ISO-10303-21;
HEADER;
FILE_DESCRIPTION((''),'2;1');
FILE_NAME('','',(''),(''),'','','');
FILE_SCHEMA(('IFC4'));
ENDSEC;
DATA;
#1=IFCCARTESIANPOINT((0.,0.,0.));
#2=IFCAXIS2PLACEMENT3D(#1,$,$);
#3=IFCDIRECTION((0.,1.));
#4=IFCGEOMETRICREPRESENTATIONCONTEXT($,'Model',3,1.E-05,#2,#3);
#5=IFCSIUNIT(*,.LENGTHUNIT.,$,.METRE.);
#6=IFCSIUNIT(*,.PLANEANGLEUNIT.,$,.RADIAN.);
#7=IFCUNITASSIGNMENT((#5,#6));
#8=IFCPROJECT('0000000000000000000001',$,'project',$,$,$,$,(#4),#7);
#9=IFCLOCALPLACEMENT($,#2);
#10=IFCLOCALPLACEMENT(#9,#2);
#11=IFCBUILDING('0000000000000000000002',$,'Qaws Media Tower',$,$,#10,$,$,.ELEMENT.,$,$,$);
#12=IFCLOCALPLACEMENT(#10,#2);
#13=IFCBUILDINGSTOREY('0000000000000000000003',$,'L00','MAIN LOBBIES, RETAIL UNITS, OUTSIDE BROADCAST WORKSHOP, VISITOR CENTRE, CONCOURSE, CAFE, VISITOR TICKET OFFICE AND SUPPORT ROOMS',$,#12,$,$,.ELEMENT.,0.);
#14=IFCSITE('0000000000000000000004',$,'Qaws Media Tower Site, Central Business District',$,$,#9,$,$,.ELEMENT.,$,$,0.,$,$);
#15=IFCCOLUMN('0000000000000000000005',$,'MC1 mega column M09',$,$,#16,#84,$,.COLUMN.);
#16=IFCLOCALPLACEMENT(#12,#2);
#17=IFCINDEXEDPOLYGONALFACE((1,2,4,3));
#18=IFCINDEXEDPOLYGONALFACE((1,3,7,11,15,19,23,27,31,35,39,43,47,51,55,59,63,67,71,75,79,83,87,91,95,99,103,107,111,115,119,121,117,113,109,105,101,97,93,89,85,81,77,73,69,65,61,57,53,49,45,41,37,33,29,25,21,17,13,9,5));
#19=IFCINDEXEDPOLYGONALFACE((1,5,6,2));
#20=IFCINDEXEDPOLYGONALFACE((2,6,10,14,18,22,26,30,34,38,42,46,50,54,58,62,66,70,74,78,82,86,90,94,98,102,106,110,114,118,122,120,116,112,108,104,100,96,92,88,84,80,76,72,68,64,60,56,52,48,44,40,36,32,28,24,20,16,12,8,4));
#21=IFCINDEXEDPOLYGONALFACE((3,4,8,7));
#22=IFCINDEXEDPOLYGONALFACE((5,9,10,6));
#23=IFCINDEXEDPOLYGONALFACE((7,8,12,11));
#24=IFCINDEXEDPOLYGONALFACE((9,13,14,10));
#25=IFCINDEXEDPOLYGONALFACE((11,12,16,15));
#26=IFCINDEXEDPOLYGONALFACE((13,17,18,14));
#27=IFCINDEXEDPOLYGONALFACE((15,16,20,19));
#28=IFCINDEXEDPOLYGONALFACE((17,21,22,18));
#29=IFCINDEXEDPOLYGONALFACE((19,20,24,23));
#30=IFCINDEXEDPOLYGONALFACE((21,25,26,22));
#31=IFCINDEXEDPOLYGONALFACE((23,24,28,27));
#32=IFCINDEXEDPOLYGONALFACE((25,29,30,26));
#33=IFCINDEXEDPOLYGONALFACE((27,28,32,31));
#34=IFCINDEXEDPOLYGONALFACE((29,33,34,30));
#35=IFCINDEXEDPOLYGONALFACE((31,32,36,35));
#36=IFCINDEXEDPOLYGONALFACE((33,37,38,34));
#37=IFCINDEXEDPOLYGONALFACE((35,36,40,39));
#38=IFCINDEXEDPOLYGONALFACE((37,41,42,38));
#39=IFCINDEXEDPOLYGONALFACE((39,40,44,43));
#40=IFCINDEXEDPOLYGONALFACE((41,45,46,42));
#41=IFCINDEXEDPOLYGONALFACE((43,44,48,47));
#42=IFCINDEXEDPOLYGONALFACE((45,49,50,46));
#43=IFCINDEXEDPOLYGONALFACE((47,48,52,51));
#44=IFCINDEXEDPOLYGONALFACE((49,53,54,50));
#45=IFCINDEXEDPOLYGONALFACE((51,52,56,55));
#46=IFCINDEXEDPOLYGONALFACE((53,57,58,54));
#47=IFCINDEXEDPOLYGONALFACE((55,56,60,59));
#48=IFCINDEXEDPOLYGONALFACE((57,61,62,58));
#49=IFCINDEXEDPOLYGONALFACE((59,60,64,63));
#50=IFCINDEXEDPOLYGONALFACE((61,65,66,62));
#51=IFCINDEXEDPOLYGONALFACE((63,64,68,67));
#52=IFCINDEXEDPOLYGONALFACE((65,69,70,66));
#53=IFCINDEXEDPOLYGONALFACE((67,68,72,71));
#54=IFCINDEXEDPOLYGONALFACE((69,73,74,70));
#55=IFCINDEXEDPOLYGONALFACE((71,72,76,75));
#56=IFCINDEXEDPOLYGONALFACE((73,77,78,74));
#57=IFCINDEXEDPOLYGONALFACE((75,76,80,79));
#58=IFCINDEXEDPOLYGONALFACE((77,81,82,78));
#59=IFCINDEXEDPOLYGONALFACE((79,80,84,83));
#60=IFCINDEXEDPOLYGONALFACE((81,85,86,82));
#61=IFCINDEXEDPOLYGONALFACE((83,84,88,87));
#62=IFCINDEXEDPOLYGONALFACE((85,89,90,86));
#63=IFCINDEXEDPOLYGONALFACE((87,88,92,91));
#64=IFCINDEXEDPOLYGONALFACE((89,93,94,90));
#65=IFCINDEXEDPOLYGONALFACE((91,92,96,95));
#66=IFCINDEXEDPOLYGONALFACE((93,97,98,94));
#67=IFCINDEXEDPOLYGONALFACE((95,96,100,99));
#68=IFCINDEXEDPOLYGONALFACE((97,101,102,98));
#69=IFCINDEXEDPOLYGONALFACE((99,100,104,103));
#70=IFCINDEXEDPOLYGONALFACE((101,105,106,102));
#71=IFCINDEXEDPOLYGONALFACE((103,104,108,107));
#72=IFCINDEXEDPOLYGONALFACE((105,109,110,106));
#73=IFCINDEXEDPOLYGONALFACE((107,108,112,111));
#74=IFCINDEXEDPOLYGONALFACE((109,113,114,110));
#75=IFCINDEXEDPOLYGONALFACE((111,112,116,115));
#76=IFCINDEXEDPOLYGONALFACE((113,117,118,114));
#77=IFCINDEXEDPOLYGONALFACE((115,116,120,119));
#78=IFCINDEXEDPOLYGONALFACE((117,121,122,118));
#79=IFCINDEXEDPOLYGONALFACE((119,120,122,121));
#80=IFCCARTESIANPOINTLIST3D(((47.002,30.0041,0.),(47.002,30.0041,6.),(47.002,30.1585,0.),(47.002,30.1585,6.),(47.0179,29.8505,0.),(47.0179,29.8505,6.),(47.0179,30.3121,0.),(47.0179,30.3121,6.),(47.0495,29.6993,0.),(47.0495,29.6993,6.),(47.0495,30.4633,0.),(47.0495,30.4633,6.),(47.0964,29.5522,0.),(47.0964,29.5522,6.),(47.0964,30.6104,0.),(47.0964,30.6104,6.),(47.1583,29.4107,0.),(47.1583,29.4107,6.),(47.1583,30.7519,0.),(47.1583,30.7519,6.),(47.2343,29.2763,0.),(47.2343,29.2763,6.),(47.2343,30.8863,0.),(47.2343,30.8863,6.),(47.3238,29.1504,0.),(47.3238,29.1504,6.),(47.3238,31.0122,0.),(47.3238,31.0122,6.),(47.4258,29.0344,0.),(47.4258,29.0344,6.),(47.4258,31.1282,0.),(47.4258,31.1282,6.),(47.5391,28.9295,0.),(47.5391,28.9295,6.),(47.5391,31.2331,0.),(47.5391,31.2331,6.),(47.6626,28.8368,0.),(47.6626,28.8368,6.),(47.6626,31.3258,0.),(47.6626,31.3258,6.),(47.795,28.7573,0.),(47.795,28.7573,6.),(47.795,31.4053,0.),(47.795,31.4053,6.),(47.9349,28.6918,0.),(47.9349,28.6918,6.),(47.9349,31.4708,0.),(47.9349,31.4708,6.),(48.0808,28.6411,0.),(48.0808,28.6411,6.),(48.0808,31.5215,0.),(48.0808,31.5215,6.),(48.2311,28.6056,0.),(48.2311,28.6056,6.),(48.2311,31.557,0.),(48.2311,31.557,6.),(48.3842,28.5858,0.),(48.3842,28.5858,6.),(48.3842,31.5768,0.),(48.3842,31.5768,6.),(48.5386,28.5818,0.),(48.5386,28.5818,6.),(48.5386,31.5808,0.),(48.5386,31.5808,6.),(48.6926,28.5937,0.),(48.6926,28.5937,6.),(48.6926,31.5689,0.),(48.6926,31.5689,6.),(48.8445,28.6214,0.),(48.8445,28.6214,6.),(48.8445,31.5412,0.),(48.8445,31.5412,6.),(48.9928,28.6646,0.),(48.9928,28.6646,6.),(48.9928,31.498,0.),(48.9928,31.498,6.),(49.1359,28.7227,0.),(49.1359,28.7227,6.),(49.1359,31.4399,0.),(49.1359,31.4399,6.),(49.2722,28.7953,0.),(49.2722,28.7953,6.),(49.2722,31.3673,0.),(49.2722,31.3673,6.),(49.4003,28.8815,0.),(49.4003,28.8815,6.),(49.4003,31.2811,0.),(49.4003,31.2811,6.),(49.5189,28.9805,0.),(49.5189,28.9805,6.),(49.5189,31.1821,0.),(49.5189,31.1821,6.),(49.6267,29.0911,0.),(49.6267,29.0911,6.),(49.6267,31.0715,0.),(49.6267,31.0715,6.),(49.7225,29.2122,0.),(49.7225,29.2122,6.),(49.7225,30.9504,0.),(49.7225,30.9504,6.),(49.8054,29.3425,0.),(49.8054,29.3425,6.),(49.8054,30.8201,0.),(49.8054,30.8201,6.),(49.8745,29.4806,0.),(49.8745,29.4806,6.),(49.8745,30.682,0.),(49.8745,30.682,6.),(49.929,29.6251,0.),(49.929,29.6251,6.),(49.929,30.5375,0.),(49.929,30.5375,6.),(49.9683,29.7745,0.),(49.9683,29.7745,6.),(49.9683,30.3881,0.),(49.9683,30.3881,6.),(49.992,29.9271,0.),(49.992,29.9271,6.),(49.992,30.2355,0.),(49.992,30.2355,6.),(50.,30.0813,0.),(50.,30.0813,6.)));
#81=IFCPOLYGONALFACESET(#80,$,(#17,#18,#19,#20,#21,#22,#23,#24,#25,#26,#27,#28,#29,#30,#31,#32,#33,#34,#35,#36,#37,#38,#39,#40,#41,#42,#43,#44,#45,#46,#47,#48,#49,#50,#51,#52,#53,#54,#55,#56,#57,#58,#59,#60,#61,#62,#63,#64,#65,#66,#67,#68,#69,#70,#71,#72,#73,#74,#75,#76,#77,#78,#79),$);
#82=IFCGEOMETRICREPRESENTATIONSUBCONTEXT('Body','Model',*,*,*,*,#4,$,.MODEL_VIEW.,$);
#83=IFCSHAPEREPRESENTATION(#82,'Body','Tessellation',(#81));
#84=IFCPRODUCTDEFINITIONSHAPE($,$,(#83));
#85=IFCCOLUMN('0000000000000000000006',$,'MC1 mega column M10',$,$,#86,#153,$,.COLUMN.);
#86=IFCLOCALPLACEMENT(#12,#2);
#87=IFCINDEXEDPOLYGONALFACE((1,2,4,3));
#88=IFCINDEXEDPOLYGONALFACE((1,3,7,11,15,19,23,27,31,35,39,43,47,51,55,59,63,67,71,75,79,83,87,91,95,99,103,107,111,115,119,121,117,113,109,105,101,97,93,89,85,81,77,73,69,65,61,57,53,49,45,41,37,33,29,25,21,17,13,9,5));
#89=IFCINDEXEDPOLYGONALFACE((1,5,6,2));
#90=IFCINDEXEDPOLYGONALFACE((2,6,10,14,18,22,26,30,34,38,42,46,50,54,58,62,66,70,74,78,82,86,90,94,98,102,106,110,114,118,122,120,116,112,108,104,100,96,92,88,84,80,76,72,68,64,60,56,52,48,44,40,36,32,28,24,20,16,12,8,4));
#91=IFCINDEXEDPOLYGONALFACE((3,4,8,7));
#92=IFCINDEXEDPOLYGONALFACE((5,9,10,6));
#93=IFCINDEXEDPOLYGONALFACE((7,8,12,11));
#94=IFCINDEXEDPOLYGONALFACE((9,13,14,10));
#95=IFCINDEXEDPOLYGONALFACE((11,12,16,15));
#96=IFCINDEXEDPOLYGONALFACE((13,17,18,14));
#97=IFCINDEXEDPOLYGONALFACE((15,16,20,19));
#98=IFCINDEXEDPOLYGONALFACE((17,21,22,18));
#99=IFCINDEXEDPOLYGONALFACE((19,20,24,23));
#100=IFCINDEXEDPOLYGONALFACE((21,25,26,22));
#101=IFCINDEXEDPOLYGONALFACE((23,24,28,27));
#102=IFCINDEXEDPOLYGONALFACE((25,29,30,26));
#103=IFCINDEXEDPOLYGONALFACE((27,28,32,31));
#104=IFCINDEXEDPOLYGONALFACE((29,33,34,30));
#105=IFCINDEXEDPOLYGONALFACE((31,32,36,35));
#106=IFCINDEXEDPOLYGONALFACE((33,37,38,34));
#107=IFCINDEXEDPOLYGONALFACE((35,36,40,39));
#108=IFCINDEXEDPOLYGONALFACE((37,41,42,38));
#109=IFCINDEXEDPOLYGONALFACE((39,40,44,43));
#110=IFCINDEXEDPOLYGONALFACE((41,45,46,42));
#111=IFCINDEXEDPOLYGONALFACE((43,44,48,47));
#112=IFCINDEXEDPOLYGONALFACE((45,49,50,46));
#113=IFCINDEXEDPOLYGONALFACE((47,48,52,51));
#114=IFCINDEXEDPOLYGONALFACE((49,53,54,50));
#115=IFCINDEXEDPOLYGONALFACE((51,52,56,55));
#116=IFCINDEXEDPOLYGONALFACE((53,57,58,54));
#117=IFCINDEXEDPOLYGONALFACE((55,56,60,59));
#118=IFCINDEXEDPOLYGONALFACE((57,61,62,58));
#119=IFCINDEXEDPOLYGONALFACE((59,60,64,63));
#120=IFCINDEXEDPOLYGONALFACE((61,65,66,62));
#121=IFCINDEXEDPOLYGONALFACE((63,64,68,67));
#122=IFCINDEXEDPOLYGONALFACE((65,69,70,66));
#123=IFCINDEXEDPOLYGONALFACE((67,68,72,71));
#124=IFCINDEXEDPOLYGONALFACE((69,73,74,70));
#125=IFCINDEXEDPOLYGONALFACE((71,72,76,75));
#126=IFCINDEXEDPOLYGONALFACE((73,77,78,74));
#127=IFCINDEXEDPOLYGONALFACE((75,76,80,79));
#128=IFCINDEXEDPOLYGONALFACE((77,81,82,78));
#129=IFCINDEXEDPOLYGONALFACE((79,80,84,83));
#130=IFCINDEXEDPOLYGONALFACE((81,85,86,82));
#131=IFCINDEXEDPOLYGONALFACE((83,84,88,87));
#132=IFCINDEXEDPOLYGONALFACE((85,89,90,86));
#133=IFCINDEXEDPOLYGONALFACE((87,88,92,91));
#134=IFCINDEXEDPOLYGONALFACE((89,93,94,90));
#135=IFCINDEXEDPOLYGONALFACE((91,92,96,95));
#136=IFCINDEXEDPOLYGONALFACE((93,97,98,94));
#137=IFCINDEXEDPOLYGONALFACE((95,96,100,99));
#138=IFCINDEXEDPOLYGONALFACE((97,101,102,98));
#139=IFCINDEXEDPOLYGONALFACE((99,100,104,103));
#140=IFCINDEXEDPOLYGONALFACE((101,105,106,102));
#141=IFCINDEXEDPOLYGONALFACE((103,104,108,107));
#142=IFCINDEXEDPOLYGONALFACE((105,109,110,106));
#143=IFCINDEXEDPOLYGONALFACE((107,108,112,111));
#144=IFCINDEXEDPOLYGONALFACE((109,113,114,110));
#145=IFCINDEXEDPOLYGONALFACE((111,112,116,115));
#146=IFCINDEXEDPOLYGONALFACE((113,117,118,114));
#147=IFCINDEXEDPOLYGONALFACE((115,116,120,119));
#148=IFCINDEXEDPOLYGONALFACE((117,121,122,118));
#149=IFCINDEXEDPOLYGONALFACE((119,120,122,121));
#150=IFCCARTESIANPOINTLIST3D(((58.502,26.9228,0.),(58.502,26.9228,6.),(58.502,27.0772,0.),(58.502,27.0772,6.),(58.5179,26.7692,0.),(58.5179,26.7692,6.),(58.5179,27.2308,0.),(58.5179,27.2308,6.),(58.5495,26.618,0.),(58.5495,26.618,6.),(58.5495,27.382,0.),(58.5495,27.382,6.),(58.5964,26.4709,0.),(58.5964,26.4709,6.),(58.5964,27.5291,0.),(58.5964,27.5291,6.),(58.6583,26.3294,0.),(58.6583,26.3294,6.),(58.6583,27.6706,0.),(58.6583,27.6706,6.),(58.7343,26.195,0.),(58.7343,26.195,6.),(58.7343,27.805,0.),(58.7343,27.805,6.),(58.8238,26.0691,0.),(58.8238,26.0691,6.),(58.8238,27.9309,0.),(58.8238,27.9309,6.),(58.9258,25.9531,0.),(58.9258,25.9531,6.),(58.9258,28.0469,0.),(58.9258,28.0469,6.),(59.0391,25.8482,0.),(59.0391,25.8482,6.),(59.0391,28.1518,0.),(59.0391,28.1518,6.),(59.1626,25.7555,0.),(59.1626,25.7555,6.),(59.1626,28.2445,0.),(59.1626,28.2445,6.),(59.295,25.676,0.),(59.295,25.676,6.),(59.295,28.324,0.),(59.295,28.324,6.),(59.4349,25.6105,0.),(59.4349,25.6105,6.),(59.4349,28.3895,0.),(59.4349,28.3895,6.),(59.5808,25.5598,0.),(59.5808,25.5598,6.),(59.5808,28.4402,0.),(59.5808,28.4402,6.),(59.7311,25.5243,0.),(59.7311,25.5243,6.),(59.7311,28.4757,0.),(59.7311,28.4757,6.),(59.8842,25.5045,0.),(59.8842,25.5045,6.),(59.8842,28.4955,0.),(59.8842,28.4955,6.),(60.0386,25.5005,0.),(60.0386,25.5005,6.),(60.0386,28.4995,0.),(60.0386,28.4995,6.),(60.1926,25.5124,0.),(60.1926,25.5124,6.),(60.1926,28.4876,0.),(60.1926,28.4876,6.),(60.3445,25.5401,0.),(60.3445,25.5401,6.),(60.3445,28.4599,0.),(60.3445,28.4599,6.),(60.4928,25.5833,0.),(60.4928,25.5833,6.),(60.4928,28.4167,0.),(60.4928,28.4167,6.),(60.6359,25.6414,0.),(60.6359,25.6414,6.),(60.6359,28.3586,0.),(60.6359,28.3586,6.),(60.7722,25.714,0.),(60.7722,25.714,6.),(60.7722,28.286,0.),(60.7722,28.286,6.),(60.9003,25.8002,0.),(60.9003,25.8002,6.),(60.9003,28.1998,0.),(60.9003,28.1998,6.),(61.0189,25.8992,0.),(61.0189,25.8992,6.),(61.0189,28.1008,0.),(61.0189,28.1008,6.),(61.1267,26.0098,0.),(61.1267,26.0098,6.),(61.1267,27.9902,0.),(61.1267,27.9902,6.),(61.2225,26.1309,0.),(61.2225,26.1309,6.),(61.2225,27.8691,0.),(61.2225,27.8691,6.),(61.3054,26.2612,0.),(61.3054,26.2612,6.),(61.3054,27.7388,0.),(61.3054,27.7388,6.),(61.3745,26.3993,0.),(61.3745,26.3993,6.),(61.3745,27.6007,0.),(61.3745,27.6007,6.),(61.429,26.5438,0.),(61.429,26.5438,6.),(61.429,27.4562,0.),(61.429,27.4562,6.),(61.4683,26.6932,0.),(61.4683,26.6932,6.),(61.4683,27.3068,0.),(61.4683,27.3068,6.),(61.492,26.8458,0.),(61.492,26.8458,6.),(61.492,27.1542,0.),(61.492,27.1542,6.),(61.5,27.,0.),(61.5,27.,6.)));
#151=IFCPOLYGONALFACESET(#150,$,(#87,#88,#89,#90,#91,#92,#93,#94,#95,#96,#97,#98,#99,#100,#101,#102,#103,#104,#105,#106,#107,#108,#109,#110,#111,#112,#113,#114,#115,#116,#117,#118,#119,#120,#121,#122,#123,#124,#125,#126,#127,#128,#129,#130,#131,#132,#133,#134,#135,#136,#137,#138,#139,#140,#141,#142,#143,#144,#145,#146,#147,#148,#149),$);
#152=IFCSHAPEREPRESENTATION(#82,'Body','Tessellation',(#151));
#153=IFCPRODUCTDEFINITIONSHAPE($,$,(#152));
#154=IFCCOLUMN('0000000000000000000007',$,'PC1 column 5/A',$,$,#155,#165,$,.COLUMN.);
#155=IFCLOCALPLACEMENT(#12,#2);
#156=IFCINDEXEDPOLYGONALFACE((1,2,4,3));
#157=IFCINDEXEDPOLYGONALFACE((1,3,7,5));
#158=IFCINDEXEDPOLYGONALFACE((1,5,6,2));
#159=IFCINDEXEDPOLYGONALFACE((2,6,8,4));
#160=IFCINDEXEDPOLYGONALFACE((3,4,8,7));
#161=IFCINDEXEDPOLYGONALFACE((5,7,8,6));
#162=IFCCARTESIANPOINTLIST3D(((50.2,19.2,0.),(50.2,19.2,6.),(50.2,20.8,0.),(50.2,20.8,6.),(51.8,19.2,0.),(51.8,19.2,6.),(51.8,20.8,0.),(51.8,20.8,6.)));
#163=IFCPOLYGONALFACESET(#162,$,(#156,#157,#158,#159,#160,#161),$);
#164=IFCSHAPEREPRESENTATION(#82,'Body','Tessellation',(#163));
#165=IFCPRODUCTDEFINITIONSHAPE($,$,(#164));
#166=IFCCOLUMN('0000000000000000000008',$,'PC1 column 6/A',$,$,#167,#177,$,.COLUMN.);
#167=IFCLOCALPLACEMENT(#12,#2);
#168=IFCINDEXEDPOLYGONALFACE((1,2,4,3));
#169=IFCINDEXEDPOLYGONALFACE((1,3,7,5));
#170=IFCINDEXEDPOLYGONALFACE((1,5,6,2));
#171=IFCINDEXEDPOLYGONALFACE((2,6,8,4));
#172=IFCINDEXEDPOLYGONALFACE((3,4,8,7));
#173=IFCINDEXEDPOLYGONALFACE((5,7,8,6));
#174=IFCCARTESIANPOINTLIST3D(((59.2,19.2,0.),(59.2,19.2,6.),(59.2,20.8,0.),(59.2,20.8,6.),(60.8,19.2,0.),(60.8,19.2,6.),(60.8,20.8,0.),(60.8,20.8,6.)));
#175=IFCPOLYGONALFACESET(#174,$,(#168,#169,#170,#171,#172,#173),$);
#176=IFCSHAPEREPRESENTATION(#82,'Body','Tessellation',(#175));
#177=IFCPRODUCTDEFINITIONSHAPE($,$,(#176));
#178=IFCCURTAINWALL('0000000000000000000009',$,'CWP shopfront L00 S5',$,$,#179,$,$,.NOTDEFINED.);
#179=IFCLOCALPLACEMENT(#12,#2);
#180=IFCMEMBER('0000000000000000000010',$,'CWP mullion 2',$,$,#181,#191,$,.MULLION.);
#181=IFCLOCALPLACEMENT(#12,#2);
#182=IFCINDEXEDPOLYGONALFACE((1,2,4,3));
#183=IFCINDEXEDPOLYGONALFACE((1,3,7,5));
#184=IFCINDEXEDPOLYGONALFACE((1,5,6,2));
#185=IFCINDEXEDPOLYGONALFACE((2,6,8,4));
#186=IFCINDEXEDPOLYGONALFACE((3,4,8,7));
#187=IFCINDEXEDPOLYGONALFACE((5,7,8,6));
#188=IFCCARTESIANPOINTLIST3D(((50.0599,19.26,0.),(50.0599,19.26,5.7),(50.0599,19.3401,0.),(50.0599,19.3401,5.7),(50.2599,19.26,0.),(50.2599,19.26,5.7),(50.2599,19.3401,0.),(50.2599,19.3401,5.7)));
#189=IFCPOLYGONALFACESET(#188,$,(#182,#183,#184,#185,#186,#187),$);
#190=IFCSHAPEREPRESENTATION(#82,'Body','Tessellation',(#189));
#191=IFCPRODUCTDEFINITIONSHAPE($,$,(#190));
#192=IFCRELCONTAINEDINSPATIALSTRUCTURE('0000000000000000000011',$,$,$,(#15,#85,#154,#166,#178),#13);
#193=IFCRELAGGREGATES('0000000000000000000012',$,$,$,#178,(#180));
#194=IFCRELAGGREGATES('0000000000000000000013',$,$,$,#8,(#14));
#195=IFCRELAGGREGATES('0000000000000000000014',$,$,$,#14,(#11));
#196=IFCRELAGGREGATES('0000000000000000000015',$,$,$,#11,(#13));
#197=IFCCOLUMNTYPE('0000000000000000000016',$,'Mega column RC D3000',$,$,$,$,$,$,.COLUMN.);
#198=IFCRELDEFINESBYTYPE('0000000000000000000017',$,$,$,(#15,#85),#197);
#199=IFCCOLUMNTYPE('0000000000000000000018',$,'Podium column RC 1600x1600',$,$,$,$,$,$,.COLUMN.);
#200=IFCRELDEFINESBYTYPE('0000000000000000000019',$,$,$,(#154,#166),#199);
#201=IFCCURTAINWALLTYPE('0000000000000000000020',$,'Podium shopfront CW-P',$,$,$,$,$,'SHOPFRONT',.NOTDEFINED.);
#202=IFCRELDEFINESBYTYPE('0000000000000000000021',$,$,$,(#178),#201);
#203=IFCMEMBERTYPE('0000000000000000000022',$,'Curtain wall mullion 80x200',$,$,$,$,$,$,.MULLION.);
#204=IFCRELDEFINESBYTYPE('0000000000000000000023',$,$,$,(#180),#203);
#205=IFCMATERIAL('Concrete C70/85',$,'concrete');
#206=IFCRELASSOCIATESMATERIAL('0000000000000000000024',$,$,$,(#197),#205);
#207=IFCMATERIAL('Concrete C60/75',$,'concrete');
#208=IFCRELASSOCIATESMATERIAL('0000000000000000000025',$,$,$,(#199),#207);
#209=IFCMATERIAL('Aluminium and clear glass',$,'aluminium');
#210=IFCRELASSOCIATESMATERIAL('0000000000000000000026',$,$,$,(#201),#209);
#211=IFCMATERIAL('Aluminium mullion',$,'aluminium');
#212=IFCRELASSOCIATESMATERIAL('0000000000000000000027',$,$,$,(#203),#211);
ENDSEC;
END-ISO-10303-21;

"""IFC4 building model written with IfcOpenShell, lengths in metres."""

from ifc_helpers import new_model, si_unit, direction, frame, origin, origin_2d, place, context, subcontext, project, spatial, rectangle, circle, extrude, material, material_profile, profile_set, type_object, element, aggregate, save


model = new_model("IFC4")

# Units and contexts
model_context = context("Model", 3, precision=1e-05, world=origin(), true_north=direction((0.0, 1.0)))
body_context = subcontext(model_context, "Body", "Model", "MODEL_VIEW")
ifc_project = project(units=[si_unit("LENGTHUNIT", "METRE"), si_unit("PLANEANGLEUNIT", "RADIAN")], contexts=[model_context])

# Site, building, storey
site_placement = place(None, origin())
site = spatial("IfcSite", under=ifc_project, at=site_placement, Name="Qaws Media Tower Site, Central Business District", CompositionType="ELEMENT", RefElevation=0.0)
building_placement = place(site_placement, origin())
building = spatial("IfcBuilding", under=site, at=building_placement, Name="Qaws Media Tower", CompositionType="ELEMENT")
storey_placement = place(building_placement, origin())
storey = spatial("IfcBuildingStorey", under=building, at=storey_placement, Name="L00", Description="MAIN LOBBIES, RETAIL UNITS, OUTSIDE BROADCAST WORKSHOP, VISITOR CENTRE, CONCOURSE, CAFE, VISITOR TICKET OFFICE AND SUPPORT ROOMS", CompositionType="ELEMENT", Elevation=0.0)

# Columns
ifc_material_1 = material(Name="Concrete C70/85", Category="concrete")
ifc_material_profile_1 = material_profile(ifc_material_1, circle(Radius=1.5, at=origin_2d()), Name="RC D3000")
ifc_profile_set_1 = profile_set([ifc_material_profile_1], Name="Concrete C70/85")
column_type_1 = type_object("IfcColumnType", Name="Mega column RC D3000", PredefinedType="COLUMN", material=ifc_profile_set_1)
for number, where, z_axis, x_axis, name in (
    (1, (48.5, 30.0813, 0.0), (0.0, 0.0, 1.0), (1.0, 0.0, 0.0), "MC1 mega column M09"),
    (2, (60.0, 27.0, 0.0), (0.0, 0.0, 1.0), (1.0, 0.0, 0.0), "MC1 mega column M10"),
):
    element("IfcColumn", number, at=place(storey_placement, frame(where, z_axis=z_axis, x_axis=x_axis)), inside=storey, type_object=column_type_1, Name=name, PredefinedType="COLUMN", context=body_context, shape_type="SweptSolid", body=[
        extrude(circle(Radius=1.5, at=origin_2d()), origin(), (0.0, 0.0, 1.0), 6.0),
    ])
ifc_material_2 = material(Name="Concrete C60/75", Category="concrete")
ifc_material_profile_2 = material_profile(ifc_material_2, rectangle(XDim=1.6001, YDim=1.6001, at=origin_2d()), Name="RC 1600x1600")
ifc_profile_set_2 = profile_set([ifc_material_profile_2], Name="Concrete C60/75")
column_type_2 = type_object("IfcColumnType", Name="Podium column RC 1600x1600", PredefinedType="COLUMN", material=ifc_profile_set_2)
for number, where, z_axis, x_axis, name in (
    (3, (51.0, 20.0, 0.0), (0.0, 0.0, 1.0), (1.0, 0.0, 0.0), "PC1 column 5/A"),
    (4, (60.0, 20.0, 0.0), (0.0, 0.0, 1.0), (1.0, 0.0, 0.0), "PC1 column 6/A"),
):
    element("IfcColumn", number, at=place(storey_placement, frame(where, z_axis=z_axis, x_axis=x_axis)), inside=storey, type_object=column_type_2, Name=name, PredefinedType="COLUMN", context=body_context, shape_type="SweptSolid", body=[
        extrude(rectangle(XDim=1.6001, YDim=1.6001, at=origin_2d()), origin(), (0.0, 0.0, 1.0), 6.0),
    ])

# Curtain wall, member
ifc_material_3 = material(Name="Aluminium and clear glass", Category="aluminium")
curtain_wall_type = type_object("IfcCurtainWallType", Name="Podium shopfront CW-P", ElementType="SHOPFRONT", PredefinedType="NOTDEFINED", material=ifc_material_3)
curtain_wall_placement = place(storey_placement, origin())
curtain_wall = element("IfcCurtainWall", 5, at=curtain_wall_placement, inside=storey, type_object=curtain_wall_type, Name="CWP shopfront L00 S5", PredefinedType="NOTDEFINED")
ifc_material_4 = material(Name="Aluminium mullion", Category="aluminium")
ifc_material_profile_3 = material_profile(ifc_material_4, rectangle(XDim=0.0801, YDim=0.2, at=origin_2d()), Name="80x200")
ifc_profile_set_3 = profile_set([ifc_material_profile_3], Name="Aluminium mullion")
member_type = type_object("IfcMemberType", Name="Curtain wall mullion 80x200", PredefinedType="MULLION", material=ifc_profile_set_3)
member_placement = place(storey_placement, frame((50.1599, 19.3, 0.0), z_axis=(0.0, 0.0, 1.0), x_axis=(0.0, 1.0, 0.0)))
member = element("IfcMember", 6, at=member_placement, type_object=member_type, Name="CWP mullion 2", PredefinedType="MULLION", context=body_context, shape_type="SweptSolid", body=[
    extrude(rectangle(XDim=0.0801, YDim=0.2, at=origin_2d()), origin(), (0.0, 0.0, 1.0), 5.7),
])

aggregate(curtain_wall, [member])

save(model, "model.ifc")
